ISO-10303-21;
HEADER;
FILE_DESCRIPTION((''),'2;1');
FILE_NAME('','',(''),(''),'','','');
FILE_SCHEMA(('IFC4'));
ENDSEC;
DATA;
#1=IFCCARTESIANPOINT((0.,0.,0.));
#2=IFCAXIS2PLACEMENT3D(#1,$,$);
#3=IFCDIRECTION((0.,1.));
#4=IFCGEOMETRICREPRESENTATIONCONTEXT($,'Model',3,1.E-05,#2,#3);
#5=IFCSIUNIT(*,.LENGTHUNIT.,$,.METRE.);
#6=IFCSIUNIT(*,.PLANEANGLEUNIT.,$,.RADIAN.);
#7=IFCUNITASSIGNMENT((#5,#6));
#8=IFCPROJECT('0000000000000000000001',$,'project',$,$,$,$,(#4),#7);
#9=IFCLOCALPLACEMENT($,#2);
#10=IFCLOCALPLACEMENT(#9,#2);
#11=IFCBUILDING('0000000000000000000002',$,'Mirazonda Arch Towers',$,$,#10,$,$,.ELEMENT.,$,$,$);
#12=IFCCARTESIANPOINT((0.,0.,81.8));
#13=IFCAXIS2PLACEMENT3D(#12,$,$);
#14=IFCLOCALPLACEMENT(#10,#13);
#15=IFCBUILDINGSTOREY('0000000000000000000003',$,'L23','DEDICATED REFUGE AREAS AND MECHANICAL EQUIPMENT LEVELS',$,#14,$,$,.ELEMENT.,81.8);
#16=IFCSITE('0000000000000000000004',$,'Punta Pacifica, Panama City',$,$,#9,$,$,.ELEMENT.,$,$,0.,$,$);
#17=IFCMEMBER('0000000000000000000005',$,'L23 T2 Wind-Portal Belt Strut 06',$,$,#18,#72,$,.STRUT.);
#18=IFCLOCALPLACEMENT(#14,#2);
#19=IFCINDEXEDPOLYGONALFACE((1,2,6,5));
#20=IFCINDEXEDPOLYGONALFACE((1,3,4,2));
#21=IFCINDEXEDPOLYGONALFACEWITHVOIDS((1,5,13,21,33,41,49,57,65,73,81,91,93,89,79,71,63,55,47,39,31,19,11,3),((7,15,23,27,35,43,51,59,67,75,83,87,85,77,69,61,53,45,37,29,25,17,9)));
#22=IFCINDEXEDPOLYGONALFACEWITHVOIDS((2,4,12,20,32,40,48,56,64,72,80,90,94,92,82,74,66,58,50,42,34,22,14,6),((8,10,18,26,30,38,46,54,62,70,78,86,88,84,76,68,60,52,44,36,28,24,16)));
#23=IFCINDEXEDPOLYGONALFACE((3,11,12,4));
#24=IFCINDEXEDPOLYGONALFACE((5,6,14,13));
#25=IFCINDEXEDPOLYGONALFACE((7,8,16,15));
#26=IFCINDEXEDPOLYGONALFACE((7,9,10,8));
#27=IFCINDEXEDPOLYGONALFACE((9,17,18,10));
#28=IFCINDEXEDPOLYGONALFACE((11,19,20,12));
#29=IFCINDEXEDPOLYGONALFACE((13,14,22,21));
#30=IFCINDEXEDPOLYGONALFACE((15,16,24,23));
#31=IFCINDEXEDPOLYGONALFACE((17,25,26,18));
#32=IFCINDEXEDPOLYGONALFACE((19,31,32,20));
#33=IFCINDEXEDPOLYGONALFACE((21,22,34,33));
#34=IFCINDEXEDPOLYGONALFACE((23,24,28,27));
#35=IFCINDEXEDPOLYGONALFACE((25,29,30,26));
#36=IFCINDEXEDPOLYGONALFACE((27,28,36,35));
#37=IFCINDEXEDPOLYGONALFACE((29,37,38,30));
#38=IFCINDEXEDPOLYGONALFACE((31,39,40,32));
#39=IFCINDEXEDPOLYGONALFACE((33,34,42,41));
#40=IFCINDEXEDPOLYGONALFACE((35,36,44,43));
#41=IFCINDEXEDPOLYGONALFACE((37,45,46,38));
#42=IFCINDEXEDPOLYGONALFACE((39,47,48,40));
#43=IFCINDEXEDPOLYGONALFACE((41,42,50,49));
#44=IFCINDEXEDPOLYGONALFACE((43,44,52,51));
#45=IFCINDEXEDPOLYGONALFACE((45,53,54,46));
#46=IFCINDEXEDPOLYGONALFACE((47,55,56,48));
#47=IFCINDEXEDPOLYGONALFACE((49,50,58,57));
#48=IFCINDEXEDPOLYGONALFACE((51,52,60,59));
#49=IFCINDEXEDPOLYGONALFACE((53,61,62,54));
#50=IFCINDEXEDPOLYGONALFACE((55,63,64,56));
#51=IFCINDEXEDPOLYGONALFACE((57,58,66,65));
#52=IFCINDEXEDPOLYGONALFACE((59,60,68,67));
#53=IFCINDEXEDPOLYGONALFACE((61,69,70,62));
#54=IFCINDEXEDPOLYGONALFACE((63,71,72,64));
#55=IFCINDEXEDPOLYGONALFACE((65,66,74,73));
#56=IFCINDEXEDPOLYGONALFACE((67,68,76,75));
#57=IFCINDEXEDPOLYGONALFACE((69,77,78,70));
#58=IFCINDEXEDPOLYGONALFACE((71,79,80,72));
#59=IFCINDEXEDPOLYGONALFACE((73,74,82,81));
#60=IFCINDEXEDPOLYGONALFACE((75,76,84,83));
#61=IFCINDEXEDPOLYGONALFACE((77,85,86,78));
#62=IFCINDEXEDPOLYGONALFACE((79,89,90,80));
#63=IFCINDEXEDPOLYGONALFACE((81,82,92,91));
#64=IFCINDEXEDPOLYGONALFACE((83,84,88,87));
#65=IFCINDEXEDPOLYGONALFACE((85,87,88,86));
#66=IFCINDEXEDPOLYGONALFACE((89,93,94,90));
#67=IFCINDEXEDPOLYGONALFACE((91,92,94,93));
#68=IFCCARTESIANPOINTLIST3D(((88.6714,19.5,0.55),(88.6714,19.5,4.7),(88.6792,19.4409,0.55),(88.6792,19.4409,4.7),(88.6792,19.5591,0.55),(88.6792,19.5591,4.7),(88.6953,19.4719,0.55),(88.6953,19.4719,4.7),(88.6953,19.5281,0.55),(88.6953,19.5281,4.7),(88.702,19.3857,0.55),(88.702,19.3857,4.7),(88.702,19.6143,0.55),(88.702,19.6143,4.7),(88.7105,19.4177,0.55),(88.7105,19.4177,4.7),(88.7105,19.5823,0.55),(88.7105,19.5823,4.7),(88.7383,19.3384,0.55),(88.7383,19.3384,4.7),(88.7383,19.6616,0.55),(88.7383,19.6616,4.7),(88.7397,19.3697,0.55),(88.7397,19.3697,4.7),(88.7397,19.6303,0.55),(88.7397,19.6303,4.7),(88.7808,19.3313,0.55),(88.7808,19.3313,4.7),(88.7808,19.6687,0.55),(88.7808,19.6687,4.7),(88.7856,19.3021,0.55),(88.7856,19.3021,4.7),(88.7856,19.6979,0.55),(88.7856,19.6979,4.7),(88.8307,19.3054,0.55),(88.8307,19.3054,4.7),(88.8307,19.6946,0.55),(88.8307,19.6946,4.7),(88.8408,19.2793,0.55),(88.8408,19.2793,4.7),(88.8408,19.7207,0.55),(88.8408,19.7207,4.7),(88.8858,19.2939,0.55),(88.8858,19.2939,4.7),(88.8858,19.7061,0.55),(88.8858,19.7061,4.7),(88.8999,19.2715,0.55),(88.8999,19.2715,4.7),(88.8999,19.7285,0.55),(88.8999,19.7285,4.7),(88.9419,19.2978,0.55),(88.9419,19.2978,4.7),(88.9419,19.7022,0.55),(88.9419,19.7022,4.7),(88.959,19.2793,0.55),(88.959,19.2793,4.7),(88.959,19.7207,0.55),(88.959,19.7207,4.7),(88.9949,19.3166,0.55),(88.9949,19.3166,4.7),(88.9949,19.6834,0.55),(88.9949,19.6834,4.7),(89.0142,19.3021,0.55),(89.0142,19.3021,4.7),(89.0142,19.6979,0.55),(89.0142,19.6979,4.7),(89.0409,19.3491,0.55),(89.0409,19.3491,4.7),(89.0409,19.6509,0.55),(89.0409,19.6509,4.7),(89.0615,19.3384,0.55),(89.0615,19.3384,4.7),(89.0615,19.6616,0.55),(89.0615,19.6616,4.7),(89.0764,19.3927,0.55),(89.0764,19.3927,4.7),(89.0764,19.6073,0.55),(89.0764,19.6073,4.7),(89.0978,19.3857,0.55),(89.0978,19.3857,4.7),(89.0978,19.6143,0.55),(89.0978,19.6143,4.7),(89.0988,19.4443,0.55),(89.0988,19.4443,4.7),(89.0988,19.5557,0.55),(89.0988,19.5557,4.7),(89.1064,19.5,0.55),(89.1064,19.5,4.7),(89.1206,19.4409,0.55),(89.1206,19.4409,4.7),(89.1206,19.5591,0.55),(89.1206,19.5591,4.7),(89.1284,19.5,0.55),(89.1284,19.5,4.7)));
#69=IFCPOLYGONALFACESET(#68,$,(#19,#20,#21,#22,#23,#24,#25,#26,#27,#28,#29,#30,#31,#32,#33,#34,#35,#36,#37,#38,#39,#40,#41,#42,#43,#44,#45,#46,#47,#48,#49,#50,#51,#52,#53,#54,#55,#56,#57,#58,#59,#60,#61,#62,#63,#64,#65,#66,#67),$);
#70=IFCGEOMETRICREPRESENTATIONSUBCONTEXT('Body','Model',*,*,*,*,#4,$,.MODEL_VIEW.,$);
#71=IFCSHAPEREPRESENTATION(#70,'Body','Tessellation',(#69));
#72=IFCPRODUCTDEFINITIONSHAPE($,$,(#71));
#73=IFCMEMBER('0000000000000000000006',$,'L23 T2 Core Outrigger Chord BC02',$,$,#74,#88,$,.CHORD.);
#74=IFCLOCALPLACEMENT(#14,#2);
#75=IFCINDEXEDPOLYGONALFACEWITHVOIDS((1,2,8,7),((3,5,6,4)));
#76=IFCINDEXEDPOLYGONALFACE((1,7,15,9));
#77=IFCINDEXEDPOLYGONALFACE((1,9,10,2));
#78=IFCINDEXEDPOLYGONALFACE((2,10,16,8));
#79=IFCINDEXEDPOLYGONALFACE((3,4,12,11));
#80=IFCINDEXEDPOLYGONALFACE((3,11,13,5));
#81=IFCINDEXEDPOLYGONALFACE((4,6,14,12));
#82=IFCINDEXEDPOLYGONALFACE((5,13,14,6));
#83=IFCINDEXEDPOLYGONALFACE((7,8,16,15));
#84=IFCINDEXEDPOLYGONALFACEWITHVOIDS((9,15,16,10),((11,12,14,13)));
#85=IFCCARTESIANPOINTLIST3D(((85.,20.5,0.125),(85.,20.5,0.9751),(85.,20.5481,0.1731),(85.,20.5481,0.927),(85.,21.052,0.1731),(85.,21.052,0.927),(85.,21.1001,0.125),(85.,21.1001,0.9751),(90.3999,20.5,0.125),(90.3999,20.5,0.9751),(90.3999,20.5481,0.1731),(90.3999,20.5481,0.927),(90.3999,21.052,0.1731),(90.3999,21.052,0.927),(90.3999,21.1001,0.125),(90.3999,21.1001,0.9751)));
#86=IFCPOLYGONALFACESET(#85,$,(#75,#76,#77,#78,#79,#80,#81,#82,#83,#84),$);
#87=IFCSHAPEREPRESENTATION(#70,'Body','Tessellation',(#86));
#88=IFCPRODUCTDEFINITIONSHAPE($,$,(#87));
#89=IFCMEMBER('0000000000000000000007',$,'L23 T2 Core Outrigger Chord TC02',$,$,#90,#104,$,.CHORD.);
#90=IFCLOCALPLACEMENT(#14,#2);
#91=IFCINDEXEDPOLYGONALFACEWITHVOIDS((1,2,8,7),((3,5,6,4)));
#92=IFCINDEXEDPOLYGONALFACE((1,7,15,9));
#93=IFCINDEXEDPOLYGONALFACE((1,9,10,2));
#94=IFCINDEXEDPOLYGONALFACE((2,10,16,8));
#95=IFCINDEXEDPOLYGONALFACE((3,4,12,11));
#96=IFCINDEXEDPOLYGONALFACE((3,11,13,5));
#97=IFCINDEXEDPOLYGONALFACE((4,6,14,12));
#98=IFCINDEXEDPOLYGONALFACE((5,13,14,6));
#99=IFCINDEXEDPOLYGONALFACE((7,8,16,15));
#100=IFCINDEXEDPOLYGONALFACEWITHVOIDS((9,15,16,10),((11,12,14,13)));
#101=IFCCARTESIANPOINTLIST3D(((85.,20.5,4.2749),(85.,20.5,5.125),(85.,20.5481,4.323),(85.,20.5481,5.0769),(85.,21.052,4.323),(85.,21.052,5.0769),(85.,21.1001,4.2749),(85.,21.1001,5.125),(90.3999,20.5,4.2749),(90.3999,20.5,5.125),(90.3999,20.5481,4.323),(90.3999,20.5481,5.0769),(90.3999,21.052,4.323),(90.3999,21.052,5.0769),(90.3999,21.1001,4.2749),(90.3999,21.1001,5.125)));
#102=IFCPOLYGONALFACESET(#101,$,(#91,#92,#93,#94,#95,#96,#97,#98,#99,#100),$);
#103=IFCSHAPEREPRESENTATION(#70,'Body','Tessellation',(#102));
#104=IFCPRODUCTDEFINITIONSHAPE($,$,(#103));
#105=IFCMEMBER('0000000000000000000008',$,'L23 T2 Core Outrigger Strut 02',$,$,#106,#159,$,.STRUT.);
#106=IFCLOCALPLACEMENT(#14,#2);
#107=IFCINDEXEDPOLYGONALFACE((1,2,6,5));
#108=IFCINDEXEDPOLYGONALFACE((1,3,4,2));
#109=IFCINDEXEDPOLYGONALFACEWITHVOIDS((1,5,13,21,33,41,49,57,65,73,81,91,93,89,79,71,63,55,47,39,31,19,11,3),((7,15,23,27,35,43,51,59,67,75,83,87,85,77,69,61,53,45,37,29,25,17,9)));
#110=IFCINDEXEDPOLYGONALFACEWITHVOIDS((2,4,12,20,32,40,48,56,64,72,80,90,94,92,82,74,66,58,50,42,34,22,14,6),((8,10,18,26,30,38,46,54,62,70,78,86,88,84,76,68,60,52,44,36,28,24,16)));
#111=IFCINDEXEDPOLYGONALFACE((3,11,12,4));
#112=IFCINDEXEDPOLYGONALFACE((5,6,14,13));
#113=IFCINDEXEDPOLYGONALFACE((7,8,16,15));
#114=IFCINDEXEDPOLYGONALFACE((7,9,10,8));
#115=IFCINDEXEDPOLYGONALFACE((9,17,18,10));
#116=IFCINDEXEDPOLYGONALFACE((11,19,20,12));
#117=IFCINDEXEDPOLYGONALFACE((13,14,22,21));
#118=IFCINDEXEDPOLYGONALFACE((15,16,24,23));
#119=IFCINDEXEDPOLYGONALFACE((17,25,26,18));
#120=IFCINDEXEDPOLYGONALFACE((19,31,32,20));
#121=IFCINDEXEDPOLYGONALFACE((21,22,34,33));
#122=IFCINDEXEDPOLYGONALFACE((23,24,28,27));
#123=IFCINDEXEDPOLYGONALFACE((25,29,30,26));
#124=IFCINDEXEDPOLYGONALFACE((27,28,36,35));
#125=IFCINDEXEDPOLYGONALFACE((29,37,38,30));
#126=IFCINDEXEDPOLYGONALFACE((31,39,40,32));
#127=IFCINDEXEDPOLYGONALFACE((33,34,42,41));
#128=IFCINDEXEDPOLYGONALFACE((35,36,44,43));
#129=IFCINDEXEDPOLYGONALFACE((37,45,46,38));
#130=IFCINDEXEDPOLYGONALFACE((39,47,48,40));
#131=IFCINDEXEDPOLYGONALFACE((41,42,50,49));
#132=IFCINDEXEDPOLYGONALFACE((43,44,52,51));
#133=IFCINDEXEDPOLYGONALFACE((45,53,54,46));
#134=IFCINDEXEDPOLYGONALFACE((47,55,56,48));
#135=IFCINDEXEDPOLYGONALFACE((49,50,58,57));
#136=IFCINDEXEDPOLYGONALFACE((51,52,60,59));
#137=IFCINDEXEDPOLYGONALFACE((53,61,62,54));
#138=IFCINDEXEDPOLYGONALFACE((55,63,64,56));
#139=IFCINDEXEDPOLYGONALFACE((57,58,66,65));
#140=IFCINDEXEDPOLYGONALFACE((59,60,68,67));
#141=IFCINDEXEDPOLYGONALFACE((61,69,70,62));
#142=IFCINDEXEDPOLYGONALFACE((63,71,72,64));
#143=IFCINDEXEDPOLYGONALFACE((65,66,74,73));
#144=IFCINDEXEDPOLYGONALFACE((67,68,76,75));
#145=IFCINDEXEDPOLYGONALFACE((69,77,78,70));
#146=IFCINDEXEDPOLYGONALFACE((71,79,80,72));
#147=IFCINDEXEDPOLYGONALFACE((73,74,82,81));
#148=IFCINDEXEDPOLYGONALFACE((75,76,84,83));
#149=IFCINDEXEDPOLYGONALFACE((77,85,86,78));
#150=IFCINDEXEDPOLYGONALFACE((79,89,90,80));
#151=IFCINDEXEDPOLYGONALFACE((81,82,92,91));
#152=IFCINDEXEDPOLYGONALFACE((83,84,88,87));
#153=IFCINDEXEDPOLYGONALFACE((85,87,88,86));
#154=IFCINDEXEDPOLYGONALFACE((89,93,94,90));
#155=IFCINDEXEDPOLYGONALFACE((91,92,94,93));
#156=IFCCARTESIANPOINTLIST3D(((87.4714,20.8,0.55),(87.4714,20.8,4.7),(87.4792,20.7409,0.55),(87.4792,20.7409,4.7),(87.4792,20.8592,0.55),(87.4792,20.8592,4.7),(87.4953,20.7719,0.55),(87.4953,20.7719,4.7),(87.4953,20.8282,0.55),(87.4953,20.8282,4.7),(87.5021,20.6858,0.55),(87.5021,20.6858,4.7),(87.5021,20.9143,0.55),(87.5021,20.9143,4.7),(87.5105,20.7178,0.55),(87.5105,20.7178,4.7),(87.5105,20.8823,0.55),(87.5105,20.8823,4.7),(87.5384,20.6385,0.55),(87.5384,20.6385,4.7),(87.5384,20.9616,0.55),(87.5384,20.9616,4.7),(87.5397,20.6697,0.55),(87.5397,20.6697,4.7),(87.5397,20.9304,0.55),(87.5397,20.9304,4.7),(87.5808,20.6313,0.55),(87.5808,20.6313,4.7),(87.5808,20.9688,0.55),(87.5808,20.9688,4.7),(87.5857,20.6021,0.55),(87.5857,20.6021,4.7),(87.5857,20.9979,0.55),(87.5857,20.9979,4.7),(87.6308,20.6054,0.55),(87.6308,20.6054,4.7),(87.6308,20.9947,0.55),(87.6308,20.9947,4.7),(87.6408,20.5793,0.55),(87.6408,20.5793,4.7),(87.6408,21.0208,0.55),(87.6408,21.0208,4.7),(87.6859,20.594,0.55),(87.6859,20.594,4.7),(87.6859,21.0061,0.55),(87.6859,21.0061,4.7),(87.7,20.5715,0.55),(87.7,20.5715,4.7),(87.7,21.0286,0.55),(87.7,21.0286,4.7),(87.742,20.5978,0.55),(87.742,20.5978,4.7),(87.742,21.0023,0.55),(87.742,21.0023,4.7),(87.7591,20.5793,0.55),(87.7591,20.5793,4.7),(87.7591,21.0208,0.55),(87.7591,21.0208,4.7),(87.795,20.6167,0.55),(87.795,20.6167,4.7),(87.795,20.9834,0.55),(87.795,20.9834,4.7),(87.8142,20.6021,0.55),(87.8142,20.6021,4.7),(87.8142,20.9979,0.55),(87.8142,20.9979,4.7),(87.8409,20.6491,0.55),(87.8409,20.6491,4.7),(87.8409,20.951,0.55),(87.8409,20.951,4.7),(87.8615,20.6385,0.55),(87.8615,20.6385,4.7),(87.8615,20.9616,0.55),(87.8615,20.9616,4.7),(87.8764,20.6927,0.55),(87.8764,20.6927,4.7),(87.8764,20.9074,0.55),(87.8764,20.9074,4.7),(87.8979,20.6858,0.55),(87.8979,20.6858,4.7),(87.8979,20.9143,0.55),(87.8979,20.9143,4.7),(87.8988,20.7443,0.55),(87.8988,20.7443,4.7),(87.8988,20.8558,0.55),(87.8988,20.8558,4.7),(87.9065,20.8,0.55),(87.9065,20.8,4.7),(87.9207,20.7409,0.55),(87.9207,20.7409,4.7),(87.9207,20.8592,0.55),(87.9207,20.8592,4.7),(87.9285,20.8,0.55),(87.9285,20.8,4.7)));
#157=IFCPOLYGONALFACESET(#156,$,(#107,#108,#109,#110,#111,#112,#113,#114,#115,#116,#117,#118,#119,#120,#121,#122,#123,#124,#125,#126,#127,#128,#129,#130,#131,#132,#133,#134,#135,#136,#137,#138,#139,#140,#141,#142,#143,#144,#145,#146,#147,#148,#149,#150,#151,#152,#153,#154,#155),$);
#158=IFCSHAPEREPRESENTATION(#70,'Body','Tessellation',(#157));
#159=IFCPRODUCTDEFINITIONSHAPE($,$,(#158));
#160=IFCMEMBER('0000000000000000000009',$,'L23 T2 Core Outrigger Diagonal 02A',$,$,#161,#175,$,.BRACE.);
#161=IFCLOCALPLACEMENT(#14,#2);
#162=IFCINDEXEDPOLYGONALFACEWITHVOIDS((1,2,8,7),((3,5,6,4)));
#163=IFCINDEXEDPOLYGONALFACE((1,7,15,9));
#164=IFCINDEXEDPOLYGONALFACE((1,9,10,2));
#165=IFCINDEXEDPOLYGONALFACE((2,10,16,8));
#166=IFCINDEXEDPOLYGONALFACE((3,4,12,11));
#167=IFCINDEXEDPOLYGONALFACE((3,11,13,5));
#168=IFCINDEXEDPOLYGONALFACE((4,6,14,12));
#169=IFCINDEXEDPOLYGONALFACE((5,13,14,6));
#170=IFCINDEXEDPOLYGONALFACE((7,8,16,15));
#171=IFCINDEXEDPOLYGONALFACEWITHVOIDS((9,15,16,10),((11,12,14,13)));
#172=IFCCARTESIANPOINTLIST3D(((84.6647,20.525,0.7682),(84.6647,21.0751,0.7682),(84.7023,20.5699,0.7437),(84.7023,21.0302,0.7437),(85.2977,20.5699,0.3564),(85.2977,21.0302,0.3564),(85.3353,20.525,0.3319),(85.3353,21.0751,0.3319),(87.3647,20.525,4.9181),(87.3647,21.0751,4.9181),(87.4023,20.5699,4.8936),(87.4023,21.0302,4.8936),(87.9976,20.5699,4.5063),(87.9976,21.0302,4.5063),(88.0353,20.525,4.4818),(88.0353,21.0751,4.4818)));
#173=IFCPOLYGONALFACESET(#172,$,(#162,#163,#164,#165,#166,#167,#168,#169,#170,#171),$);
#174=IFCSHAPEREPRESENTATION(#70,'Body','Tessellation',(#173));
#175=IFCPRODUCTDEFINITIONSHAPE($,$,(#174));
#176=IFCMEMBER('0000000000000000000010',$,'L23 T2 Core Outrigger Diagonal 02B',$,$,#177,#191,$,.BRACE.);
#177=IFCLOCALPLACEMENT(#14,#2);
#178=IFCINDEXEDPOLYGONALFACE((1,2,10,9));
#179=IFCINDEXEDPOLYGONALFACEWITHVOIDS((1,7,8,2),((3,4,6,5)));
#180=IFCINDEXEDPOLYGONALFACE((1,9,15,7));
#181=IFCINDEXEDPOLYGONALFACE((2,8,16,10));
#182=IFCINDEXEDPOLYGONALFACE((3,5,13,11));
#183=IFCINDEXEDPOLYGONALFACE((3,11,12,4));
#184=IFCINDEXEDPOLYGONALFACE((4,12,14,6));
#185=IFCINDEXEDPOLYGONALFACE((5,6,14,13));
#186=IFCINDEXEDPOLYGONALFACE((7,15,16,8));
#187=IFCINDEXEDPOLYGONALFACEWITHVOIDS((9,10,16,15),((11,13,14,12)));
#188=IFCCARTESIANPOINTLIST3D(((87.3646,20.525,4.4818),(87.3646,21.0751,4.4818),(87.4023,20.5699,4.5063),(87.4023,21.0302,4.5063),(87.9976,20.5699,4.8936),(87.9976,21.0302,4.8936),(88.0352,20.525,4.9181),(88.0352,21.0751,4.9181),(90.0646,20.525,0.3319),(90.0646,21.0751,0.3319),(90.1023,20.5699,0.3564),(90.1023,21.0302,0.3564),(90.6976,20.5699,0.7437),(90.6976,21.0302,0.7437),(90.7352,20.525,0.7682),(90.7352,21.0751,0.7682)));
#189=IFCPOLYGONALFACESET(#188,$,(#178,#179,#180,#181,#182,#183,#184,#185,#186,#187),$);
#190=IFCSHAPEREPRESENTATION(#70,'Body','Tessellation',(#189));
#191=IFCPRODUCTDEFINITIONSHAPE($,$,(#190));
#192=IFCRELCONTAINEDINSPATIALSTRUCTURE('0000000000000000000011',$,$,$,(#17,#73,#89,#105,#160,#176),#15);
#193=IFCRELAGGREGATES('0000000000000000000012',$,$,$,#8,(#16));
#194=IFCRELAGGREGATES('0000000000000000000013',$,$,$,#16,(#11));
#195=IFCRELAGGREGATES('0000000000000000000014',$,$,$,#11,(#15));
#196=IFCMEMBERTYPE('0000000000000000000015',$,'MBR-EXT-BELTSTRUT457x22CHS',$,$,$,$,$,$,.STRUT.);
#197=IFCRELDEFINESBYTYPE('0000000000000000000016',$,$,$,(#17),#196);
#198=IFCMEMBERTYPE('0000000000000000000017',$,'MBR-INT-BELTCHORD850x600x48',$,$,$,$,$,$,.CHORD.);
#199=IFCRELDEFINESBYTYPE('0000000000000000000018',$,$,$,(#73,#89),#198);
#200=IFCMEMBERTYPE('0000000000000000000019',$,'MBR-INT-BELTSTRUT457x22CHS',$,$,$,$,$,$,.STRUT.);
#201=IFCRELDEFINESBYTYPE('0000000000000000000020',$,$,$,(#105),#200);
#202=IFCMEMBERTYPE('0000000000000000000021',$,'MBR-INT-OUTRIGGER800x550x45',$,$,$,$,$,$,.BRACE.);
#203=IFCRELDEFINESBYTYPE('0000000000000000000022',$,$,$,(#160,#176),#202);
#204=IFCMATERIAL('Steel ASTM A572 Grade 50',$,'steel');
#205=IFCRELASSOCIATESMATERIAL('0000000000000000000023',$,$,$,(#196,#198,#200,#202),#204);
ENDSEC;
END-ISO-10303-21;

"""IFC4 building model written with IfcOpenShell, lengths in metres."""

from ifc_helpers import new_model, si_unit, direction, frame, origin, origin_2d, place, context, subcontext, project, spatial, hollow_rectangle, hollow_circle, extrude, material, material_profile, profile_set, type_object, element, save


model = new_model("IFC4")

# Units and contexts
model_context = context("Model", 3, precision=1e-05, world=origin(), true_north=direction((0.0, 1.0)))
body_context = subcontext(model_context, "Body", "Model", "MODEL_VIEW")
ifc_project = project(units=[si_unit("LENGTHUNIT", "METRE"), si_unit("PLANEANGLEUNIT", "RADIAN")], contexts=[model_context])

# Site, building, storey
site_placement = place(None, origin())
site = spatial("IfcSite", under=ifc_project, at=site_placement, Name="Punta Pacifica, Panama City", CompositionType="ELEMENT", RefElevation=0.0)
building_placement = place(site_placement, origin())
building = spatial("IfcBuilding", under=site, at=building_placement, Name="Mirazonda Arch Towers", CompositionType="ELEMENT")
storey_placement = place(building_placement, frame((0.0, 0.0, 81.8)))
storey = spatial("IfcBuildingStorey", under=building, at=storey_placement, Name="L23", Description="DEDICATED REFUGE AREAS AND MECHANICAL EQUIPMENT LEVELS", CompositionType="ELEMENT", Elevation=81.8)

# Shared definitions
ifc_material_1 = material(Name="Steel ASTM A572 Grade 50", Category="steel")

# Members
ifc_material_profile_1 = material_profile(ifc_material_1, hollow_circle(Radius=0.2285, WallThickness=0.022, at=origin_2d()), Name="BELTSTRUT457x22CHS")
ifc_profile_set_1 = profile_set([ifc_material_profile_1], Name="Steel ASTM A572 Grade 50")
member_type_1 = type_object("IfcMemberType", Name="MBR-EXT-BELTSTRUT457x22CHS", PredefinedType="STRUT", material=ifc_profile_set_1)
for number, where, z_axis, x_axis, name in (
    (1, (88.8999, 19.5, 0.55), (0.0, 0.0, 1.0), (1.0, 0.0, 0.0), "L23 T2 Wind-Portal Belt Strut 06"),
):
    element("IfcMember", number, at=place(storey_placement, frame(where, z_axis=z_axis, x_axis=x_axis)), inside=storey, type_object=member_type_1, Name=name, PredefinedType="STRUT", context=body_context, shape_type="SweptSolid", body=[
        extrude(hollow_circle(Radius=0.2285, WallThickness=0.022, at=origin_2d()), origin(), (0.0, 0.0, 1.0), 4.1499),
    ])
ifc_material_profile_2 = material_profile(ifc_material_1, hollow_rectangle(XDim=0.6001, YDim=0.8501, WallThickness=0.0481, at=origin_2d()), Name="BELTCHORD850x600x48")
ifc_profile_set_2 = profile_set([ifc_material_profile_2], Name="Steel ASTM A572 Grade 50")
member_type_2 = type_object("IfcMemberType", Name="MBR-INT-BELTCHORD850x600x48", PredefinedType="CHORD", material=ifc_profile_set_2)
for number, where, z_axis, x_axis, name in (
    (2, (85.0, 20.8, 0.55), (1.0, 0.0, 0.0), (0.0, 1.0, 0.0), "L23 T2 Core Outrigger Chord BC02"),
    (3, (85.0, 20.8, 4.7), (1.0, 0.0, 0.0), (0.0, 1.0, 0.0), "L23 T2 Core Outrigger Chord TC02"),
):
    element("IfcMember", number, at=place(storey_placement, frame(where, z_axis=z_axis, x_axis=x_axis)), inside=storey, type_object=member_type_2, Name=name, PredefinedType="CHORD", context=body_context, shape_type="SweptSolid", body=[
        extrude(hollow_rectangle(XDim=0.6001, YDim=0.8501, WallThickness=0.0481, at=origin_2d()), origin(), (0.0, 0.0, 1.0), 5.3999),
    ])
ifc_material_profile_3 = material_profile(ifc_material_1, hollow_circle(Radius=0.2285, WallThickness=0.022, at=origin_2d()), Name="BELTSTRUT457x22CHS")
ifc_profile_set_3 = profile_set([ifc_material_profile_3], Name="Steel ASTM A572 Grade 50")
member_type_3 = type_object("IfcMemberType", Name="MBR-INT-BELTSTRUT457x22CHS", PredefinedType="STRUT", material=ifc_profile_set_3)
member_1_placement = place(storey_placement, frame((87.7, 20.8, 0.55), z_axis=(0.0, 0.0, 1.0), x_axis=(1.0, 0.0, 0.0)))
element("IfcMember", 4, at=member_1_placement, inside=storey, type_object=member_type_3, Name="L23 T2 Core Outrigger Strut 02", PredefinedType="STRUT", context=body_context, shape_type="SweptSolid", body=[
    extrude(hollow_circle(Radius=0.2285, WallThickness=0.022, at=origin_2d()), origin(), (0.0, 0.0, 1.0), 4.1499),
])
ifc_material_profile_4 = material_profile(ifc_material_1, hollow_rectangle(XDim=0.55, YDim=0.8, WallThickness=0.0449, at=origin_2d()), Name="OUTRIGGER800x550x45")
ifc_profile_set_4 = profile_set([ifc_material_profile_4], Name="Steel ASTM A572 Grade 50")
member_type_4 = type_object("IfcMemberType", Name="MBR-INT-OUTRIGGER800x550x45", PredefinedType="BRACE", material=ifc_profile_set_4)
for number, where, z_axis, x_axis, name in (
    (5, (85.0, 20.8, 0.55), (0.545345, 0.0, 0.838211), (0.0, 1.0, 0.0), "L23 T2 Core Outrigger Diagonal 02A"),
    (6, (90.3999, 20.8, 0.55), (-0.545345, 0.0, 0.838211), (0.0, -1.0, 0.0), "L23 T2 Core Outrigger Diagonal 02B"),
):
    element("IfcMember", number, at=place(storey_placement, frame(where, z_axis=z_axis, x_axis=x_axis)), inside=storey, type_object=member_type_4, Name=name, PredefinedType="BRACE", context=body_context, shape_type="SweptSolid", body=[
        extrude(hollow_rectangle(XDim=0.55, YDim=0.8, WallThickness=0.0449, at=origin_2d()), origin(), (0.0, 0.0, 1.0), 4.9509),
    ])

save(model, "model.ifc")
